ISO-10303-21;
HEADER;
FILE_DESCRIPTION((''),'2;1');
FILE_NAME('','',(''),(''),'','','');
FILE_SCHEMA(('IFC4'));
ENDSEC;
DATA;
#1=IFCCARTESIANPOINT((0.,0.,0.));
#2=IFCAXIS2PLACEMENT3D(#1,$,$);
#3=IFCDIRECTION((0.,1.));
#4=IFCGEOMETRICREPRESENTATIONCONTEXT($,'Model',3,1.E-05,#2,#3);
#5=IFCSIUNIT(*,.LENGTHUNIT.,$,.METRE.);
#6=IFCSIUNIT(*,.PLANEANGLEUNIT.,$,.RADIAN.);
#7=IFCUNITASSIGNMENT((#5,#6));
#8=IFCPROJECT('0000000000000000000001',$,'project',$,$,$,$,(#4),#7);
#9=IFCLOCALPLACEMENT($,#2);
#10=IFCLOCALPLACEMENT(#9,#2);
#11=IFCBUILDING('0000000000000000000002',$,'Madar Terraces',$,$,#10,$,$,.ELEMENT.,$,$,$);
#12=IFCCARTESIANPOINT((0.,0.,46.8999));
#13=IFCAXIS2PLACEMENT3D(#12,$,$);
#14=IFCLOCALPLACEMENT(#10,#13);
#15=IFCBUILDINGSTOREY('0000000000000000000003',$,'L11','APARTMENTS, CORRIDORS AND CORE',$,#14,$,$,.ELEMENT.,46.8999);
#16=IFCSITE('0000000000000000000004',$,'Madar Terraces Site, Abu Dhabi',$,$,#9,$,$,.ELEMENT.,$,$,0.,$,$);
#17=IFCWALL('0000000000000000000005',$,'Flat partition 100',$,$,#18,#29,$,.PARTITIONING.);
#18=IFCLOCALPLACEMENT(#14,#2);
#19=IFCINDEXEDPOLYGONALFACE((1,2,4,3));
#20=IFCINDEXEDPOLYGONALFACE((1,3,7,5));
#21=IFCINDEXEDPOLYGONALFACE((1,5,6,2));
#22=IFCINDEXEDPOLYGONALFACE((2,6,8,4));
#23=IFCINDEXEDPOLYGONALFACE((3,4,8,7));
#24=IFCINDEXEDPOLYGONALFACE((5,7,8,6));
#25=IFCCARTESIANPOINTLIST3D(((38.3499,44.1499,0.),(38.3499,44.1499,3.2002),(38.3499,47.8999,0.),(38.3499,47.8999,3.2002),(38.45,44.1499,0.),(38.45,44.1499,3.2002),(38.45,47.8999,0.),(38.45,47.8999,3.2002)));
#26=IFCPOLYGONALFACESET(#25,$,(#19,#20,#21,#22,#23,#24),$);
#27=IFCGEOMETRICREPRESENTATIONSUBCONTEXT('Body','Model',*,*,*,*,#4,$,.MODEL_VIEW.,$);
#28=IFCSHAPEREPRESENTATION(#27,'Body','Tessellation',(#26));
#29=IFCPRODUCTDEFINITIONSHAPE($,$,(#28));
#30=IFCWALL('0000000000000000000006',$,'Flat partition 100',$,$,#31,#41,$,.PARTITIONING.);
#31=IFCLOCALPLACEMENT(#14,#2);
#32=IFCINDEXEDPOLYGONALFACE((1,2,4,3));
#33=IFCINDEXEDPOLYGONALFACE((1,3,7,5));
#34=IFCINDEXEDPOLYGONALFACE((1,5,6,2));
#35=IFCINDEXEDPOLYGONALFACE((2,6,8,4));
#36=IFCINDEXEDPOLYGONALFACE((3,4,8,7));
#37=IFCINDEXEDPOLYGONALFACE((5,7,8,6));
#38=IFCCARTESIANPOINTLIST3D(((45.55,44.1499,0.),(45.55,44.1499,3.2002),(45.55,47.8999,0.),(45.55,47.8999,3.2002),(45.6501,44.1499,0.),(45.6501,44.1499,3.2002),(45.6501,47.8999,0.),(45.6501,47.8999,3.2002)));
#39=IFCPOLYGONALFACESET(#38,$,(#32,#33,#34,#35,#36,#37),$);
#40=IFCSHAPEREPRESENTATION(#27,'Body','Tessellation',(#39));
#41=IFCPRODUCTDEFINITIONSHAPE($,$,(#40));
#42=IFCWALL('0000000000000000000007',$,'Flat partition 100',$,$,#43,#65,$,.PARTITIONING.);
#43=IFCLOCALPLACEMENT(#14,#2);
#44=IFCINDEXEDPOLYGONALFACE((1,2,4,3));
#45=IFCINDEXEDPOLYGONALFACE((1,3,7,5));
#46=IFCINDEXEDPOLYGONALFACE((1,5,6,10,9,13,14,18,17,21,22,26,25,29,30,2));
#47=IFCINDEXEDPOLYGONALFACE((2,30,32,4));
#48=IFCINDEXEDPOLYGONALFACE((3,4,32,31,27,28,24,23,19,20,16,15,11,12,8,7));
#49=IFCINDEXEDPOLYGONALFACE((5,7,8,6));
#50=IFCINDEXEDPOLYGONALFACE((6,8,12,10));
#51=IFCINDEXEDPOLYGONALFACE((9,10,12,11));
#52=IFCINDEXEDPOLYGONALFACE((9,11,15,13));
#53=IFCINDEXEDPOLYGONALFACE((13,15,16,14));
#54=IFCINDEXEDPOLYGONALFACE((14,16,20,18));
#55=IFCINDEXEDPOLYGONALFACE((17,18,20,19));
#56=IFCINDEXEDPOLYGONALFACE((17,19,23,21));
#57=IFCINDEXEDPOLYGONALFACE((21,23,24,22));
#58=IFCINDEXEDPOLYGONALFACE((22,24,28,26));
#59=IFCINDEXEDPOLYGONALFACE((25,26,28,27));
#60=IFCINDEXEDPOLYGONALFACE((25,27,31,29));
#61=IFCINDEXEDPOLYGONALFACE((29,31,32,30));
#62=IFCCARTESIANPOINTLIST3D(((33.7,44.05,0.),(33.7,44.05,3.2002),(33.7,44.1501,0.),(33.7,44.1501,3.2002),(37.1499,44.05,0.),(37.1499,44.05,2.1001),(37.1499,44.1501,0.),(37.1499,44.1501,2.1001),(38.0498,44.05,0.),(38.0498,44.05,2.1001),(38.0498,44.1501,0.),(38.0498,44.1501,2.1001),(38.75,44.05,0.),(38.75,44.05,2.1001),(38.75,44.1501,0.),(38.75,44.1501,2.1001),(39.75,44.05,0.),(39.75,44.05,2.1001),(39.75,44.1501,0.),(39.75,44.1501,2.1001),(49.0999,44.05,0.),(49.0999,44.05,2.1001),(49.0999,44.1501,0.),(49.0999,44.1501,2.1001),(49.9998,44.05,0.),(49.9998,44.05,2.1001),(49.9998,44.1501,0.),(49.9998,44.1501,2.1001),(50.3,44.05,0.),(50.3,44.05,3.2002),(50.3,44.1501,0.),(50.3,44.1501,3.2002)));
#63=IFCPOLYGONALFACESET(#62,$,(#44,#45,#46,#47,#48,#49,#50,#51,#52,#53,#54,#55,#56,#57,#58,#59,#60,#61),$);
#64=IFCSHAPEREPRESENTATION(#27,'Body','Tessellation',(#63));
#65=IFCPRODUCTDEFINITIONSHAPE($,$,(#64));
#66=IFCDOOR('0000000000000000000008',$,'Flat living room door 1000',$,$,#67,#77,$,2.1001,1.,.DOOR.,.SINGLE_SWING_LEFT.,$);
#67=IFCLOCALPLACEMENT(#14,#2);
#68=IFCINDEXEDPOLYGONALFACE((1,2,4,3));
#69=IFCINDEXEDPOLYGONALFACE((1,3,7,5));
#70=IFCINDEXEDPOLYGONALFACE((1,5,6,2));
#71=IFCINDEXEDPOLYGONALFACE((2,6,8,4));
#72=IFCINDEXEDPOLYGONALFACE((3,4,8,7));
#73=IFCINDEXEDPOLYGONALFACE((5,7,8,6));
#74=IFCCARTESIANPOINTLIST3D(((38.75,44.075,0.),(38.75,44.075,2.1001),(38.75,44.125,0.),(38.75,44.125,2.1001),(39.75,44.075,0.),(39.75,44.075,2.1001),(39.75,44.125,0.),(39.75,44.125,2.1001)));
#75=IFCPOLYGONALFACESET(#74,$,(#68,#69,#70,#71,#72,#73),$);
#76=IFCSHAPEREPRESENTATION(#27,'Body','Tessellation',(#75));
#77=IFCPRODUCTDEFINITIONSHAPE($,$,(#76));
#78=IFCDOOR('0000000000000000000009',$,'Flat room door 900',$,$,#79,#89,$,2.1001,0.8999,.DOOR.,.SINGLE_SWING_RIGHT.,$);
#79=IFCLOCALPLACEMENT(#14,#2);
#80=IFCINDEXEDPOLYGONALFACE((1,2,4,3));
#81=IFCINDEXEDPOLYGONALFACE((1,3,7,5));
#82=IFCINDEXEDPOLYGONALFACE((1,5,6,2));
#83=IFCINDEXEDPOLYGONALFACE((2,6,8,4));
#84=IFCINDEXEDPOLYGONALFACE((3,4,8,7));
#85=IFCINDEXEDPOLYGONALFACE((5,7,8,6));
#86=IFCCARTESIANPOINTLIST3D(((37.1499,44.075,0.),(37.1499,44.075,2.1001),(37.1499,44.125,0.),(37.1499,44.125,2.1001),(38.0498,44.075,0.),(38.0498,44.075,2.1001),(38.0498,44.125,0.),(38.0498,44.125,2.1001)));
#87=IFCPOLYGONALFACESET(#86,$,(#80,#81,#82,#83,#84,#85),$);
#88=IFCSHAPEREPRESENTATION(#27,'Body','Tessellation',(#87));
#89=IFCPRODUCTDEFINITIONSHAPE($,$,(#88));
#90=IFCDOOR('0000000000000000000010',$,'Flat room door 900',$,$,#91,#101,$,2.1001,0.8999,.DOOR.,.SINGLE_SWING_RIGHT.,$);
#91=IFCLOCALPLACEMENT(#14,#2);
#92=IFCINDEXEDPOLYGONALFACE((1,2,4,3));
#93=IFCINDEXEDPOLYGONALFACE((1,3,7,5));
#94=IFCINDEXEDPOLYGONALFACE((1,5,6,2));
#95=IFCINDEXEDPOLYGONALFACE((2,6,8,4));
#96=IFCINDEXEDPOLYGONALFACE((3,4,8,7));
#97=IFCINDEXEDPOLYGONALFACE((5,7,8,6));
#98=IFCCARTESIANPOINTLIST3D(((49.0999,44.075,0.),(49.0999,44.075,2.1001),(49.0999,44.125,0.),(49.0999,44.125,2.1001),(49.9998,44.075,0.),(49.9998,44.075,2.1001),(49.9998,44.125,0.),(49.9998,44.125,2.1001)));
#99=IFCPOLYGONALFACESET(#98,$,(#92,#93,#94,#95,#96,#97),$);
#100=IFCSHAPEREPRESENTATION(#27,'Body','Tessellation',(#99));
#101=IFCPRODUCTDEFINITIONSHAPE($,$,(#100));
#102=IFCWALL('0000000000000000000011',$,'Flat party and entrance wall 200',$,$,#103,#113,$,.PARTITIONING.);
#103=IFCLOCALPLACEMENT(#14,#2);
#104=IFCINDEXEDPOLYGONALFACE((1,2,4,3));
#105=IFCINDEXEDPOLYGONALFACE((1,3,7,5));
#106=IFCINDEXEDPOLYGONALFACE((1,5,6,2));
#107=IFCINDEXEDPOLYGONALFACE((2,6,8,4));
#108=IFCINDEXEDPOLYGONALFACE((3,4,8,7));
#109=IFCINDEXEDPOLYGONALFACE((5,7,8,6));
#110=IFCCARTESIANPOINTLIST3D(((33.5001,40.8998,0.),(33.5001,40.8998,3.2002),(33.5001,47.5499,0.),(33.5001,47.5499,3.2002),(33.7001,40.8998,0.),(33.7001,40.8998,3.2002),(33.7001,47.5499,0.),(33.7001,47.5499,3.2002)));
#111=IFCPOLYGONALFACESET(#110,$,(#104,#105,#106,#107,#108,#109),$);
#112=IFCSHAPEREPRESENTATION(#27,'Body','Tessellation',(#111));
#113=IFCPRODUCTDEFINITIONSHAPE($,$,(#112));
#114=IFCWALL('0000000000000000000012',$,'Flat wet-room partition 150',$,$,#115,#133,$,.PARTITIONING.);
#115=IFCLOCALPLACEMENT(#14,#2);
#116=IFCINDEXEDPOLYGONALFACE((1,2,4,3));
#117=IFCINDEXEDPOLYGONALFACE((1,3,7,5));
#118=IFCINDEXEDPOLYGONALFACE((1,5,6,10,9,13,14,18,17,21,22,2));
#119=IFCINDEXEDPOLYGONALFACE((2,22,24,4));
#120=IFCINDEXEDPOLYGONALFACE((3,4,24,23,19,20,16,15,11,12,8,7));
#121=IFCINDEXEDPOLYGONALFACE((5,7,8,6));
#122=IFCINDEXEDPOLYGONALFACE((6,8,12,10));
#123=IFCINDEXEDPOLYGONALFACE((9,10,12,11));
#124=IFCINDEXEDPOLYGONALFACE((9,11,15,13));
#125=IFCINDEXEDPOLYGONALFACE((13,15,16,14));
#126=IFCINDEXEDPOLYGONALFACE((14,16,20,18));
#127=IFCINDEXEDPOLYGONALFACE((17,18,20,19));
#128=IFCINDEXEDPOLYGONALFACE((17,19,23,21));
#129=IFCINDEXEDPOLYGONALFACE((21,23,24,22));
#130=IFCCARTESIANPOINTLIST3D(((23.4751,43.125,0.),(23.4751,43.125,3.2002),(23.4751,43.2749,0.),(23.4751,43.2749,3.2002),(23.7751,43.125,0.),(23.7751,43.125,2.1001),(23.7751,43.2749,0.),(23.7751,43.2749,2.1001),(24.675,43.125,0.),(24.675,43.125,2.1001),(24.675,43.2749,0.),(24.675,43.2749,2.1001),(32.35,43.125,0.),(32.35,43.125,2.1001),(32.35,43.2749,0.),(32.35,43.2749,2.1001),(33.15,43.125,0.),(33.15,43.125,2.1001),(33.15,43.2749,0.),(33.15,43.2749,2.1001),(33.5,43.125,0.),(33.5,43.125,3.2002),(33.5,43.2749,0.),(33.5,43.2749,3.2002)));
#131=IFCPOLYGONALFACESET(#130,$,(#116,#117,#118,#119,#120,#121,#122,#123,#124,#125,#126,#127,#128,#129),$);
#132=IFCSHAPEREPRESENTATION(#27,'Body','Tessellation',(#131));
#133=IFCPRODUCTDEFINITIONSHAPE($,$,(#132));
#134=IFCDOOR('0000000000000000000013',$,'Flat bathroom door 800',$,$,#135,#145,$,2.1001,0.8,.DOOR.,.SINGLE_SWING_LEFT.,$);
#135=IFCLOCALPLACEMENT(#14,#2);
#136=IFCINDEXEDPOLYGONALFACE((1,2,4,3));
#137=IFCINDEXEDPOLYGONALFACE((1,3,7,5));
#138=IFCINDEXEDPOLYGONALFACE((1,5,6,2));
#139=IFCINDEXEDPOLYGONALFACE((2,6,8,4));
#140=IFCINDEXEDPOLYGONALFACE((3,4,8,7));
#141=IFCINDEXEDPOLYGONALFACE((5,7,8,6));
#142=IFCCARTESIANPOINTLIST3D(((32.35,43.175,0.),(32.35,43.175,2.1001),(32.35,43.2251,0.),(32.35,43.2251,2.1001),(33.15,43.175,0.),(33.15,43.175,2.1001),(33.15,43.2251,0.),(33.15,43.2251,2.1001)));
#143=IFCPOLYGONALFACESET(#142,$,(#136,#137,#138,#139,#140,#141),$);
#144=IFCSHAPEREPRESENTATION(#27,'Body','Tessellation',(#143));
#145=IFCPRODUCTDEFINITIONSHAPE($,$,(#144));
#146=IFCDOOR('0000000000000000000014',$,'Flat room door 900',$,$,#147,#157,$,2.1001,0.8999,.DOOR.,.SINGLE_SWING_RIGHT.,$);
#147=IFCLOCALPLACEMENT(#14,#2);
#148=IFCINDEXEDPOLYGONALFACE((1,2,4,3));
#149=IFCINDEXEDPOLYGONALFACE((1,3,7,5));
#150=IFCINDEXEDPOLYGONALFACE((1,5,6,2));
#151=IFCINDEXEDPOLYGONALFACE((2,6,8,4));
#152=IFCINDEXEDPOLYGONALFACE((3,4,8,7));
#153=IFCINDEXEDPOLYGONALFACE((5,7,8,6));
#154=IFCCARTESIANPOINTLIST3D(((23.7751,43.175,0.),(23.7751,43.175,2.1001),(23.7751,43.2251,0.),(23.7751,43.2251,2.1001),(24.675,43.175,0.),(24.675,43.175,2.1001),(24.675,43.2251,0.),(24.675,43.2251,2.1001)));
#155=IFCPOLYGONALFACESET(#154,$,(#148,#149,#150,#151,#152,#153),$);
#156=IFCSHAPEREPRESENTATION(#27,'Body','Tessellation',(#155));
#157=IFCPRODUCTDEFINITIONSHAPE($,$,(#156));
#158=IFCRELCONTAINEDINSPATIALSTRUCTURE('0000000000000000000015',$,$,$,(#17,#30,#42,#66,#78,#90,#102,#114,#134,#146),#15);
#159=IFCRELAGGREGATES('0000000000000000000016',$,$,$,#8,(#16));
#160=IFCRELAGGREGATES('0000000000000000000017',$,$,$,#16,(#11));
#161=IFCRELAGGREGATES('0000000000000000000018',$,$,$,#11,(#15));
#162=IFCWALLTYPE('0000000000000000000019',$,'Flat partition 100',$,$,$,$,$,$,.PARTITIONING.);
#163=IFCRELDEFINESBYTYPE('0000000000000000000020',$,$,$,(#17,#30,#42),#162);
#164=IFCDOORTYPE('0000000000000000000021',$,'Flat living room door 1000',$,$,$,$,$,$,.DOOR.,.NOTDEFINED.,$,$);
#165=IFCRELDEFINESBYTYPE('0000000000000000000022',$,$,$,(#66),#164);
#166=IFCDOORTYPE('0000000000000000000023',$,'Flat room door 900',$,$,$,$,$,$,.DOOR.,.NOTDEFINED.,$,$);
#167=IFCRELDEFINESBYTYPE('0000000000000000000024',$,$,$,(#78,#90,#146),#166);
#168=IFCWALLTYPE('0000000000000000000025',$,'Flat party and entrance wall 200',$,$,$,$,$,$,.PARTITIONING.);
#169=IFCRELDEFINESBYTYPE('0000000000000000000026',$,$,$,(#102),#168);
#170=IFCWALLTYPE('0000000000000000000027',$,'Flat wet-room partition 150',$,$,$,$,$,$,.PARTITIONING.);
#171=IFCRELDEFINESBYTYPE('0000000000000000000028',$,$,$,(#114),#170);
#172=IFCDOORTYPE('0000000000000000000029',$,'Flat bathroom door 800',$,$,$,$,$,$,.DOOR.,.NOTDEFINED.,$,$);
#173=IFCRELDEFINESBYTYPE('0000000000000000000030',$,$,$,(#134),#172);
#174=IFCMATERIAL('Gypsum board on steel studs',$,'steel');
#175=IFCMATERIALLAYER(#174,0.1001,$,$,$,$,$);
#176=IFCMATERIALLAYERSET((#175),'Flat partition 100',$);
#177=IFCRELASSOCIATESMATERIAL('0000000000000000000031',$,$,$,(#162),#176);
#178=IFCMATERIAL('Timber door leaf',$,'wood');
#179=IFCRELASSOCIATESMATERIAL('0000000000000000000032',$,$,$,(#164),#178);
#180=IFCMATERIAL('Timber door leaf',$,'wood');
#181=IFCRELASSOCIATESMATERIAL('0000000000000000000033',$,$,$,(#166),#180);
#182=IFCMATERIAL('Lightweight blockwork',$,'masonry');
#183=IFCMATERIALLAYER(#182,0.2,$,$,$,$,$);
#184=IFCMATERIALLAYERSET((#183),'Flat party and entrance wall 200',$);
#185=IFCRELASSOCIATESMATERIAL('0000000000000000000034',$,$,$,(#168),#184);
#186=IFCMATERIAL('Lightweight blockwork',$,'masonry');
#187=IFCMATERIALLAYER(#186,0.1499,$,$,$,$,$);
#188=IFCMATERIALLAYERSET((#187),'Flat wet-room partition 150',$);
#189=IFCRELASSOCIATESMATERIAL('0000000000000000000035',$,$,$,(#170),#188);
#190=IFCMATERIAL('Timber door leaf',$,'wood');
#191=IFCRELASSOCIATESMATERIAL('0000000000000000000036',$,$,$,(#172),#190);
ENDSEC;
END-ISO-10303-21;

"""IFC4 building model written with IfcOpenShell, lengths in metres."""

from ifc_helpers import new_model, si_unit, direction, frame, frame_2d, origin, place, context, subcontext, project, spatial, rectangle, extrude, material, layer, layer_set, type_object, element, fill, save


model = new_model("IFC4")

# Units and contexts
model_context = context("Model", 3, precision=1e-05, world=origin(), true_north=direction((0.0, 1.0)))
body_context = subcontext(model_context, "Body", "Model", "MODEL_VIEW")
ifc_project = project(units=[si_unit("LENGTHUNIT", "METRE"), si_unit("PLANEANGLEUNIT", "RADIAN")], contexts=[model_context])

# Site, building, storey
site_placement = place(None, origin())
site = spatial("IfcSite", under=ifc_project, at=site_placement, Name="Madar Terraces Site, Abu Dhabi", CompositionType="ELEMENT", RefElevation=0.0)
building_placement = place(site_placement, origin())
building = spatial("IfcBuilding", under=site, at=building_placement, Name="Madar Terraces", CompositionType="ELEMENT")
storey_placement = place(building_placement, frame((0.0, 0.0, 46.8999)))
storey = spatial("IfcBuildingStorey", under=building, at=storey_placement, Name="L11", Description="APARTMENTS, CORRIDORS AND CORE", CompositionType="ELEMENT", Elevation=46.8999)

# Walls
ifc_material_1 = material(Name="Gypsum board on steel studs", Category="steel")
ifc_layer_1 = layer(ifc_material_1, 0.1001)
ifc_layer_set_1 = layer_set([ifc_layer_1], Name="Flat partition 100")
wall_type_1 = type_object("IfcWallType", Name="Flat partition 100", PredefinedType="PARTITIONING", material=ifc_layer_set_1)
for number, where, z_axis, x_axis, name in (
    (1, (38.3999, 44.1499, 0.0), (0.0, 0.0, 1.0), (0.0, 1.0, 0.0), "Flat partition 100"),
    (2, (45.6001, 44.1499, 0.0), (0.0, 0.0, 1.0), (0.0, 1.0, 0.0), "Flat partition 100"),
):
    element("IfcWall", number, at=place(storey_placement, frame(where, z_axis=z_axis, x_axis=x_axis)), inside=storey, type_object=wall_type_1, Name=name, PredefinedType="PARTITIONING", context=body_context, shape_type="SweptSolid", body=[
        extrude(rectangle(XDim=3.75, YDim=0.1001, at=frame_2d((1.875, 0.0))), origin(), (0.0, 0.0, 1.0), 3.2002),
    ])

# Wall, openings, doors
wall_1_placement = place(storey_placement, frame((33.7, 44.1001, 0.0), z_axis=(0.0, 0.0, 1.0), x_axis=(1.0, 0.0, 0.0)))
wall_1 = element("IfcWall", 3, at=wall_1_placement, inside=storey, type_object=wall_type_1, Name="Flat partition 100", PredefinedType="PARTITIONING", context=body_context, shape_type="SweptSolid", body=[
    extrude(rectangle(XDim=16.6001, YDim=0.1001, at=frame_2d((8.3, 0.0))), origin(), (0.0, 0.0, 1.0), 3.2002),
])
opening_1_placement = place(wall_1_placement, frame((3.45, 0.0, 0.0)))
opening_1 = element("IfcOpeningElement", 4, at=opening_1_placement, cuts=wall_1, PredefinedType="OPENING", context=body_context, shape_type="SweptSolid", body=[
    extrude(rectangle(XDim=0.8999, YDim=2.1001, at=frame_2d((0.45, 1.05))), frame((0.0, 0.0601, 0.0), z_axis=(0.0, -1.0, 0.0), x_axis=(1.0, 0.0, 0.0)), (0.0, 0.0, 1.0), 0.1201),
])
opening_2_placement = place(wall_1_placement, frame((5.05, 0.0, 0.0)))
opening_2 = element("IfcOpeningElement", 5, at=opening_2_placement, cuts=wall_1, PredefinedType="OPENING", context=body_context, shape_type="SweptSolid", body=[
    extrude(rectangle(XDim=1.0, YDim=2.1001, at=frame_2d((0.5, 1.05))), frame((0.0, 0.0601, 0.0), z_axis=(0.0, -1.0, 0.0), x_axis=(1.0, 0.0, 0.0)), (0.0, 0.0, 1.0), 0.1201),
])
opening_3_placement = place(wall_1_placement, frame((15.3999, 0.0, 0.0)))
opening_3 = element("IfcOpeningElement", 6, at=opening_3_placement, cuts=wall_1, PredefinedType="OPENING", context=body_context, shape_type="SweptSolid", body=[
    extrude(rectangle(XDim=0.8999, YDim=2.1001, at=frame_2d((0.45, 1.05))), frame((0.0, 0.0601, 0.0), z_axis=(0.0, -1.0, 0.0), x_axis=(1.0, 0.0, 0.0)), (0.0, 0.0, 1.0), 0.1201),
])
ifc_material_2 = material(Name="Timber door leaf", Category="wood")
door_type_1 = type_object("IfcDoorType", Name="Flat living room door 1000", OperationType="NOTDEFINED", PredefinedType="DOOR", material=ifc_material_2)
door_1_placement = place(opening_2_placement, origin())
door_1 = element("IfcDoor", 7, at=door_1_placement, inside=storey, type_object=door_type_1, Name="Flat living room door 1000", OperationType="SINGLE_SWING_LEFT", OverallHeight=2.1001, OverallWidth=1.0, PredefinedType="DOOR", context=body_context, shape_type="SweptSolid", body=[
    extrude(rectangle(XDim=1.0, YDim=2.1001, at=frame_2d((0.5, 1.05))), frame((0.0, 0.0249, 0.0), z_axis=(0.0, -1.0, 0.0), x_axis=(1.0, 0.0, 0.0)), (0.0, 0.0, 1.0), 0.05),
])
fill(opening_2, door_1)
ifc_material_3 = material(Name="Timber door leaf", Category="wood")
door_type_2 = type_object("IfcDoorType", Name="Flat room door 900", OperationType="NOTDEFINED", PredefinedType="DOOR", material=ifc_material_3)
door_2_placement = place(opening_1_placement, origin())
door_2 = element("IfcDoor", 8, at=door_2_placement, inside=storey, type_object=door_type_2, Name="Flat room door 900", OperationType="SINGLE_SWING_RIGHT", OverallHeight=2.1001, OverallWidth=0.8999, PredefinedType="DOOR", context=body_context, shape_type="SweptSolid", body=[
    extrude(rectangle(XDim=0.8999, YDim=2.1001, at=frame_2d((0.45, 1.05))), frame((0.0, 0.0249, 0.0), z_axis=(0.0, -1.0, 0.0), x_axis=(1.0, 0.0, 0.0)), (0.0, 0.0, 1.0), 0.05),
])
fill(opening_1, door_2)
door_3_placement = place(opening_3_placement, origin())
door_3 = element("IfcDoor", 9, at=door_3_placement, inside=storey, type_object=door_type_2, Name="Flat room door 900", OperationType="SINGLE_SWING_RIGHT", OverallHeight=2.1001, OverallWidth=0.8999, PredefinedType="DOOR", context=body_context, shape_type="SweptSolid", body=[
    extrude(rectangle(XDim=0.8999, YDim=2.1001, at=frame_2d((0.45, 1.05))), frame((0.0, 0.0249, 0.0), z_axis=(0.0, -1.0, 0.0), x_axis=(1.0, 0.0, 0.0)), (0.0, 0.0, 1.0), 0.05),
])
fill(opening_3, door_3)

# Wall
ifc_material_4 = material(Name="Lightweight blockwork", Category="masonry")
ifc_layer_2 = layer(ifc_material_4, 0.2)
ifc_layer_set_2 = layer_set([ifc_layer_2], Name="Flat party and entrance wall 200")
wall_type_2 = type_object("IfcWallType", Name="Flat party and entrance wall 200", PredefinedType="PARTITIONING", material=ifc_layer_set_2)
wall_2_placement = place(storey_placement, frame((33.6001, 47.55, 0.0), z_axis=(0.0, 0.0, 1.0), x_axis=(0.0, -1.0, 0.0)))
element("IfcWall", 10, at=wall_2_placement, inside=storey, type_object=wall_type_2, Name="Flat party and entrance wall 200", PredefinedType="PARTITIONING", context=body_context, shape_type="SweptSolid", body=[
    extrude(rectangle(XDim=6.6501, YDim=0.2, at=frame_2d((3.3252, 0.0))), origin(), (0.0, 0.0, 1.0), 3.2002),
])

# Wall, openings, doors
ifc_material_5 = material(Name="Lightweight blockwork", Category="masonry")
ifc_layer_3 = layer(ifc_material_5, 0.1499)
ifc_layer_set_3 = layer_set([ifc_layer_3], Name="Flat wet-room partition 150")
wall_type_3 = type_object("IfcWallType", Name="Flat wet-room partition 150", PredefinedType="PARTITIONING", material=ifc_layer_set_3)
wall_3_placement = place(storey_placement, frame((33.5, 43.2, 0.0), z_axis=(0.0, 0.0, 1.0), x_axis=(-1.0, 0.0, 0.0)))
wall_3 = element("IfcWall", 11, at=wall_3_placement, inside=storey, type_object=wall_type_3, Name="Flat wet-room partition 150", PredefinedType="PARTITIONING", context=body_context, shape_type="SweptSolid", body=[
    extrude(rectangle(XDim=10.0249, YDim=0.1499, at=frame_2d((5.0125, 0.0))), origin(), (0.0, 0.0, 1.0), 3.2002),
])
opening_4_placement = place(wall_3_placement, frame((8.825, 0.0, 0.0)))
opening_4 = element("IfcOpeningElement", 12, at=opening_4_placement, cuts=wall_3, PredefinedType="OPENING", context=body_context, shape_type="SweptSolid", body=[
    extrude(rectangle(XDim=0.8999, YDim=2.1001, at=frame_2d((0.45, 1.05))), frame((0.0, 0.085, 0.0), z_axis=(0.0, -1.0, 0.0), x_axis=(1.0, 0.0, 0.0)), (0.0, 0.0, 1.0), 0.1699),
])
opening_5_placement = place(wall_3_placement, frame((0.3501, 0.0, 0.0)))
opening_5 = element("IfcOpeningElement", 13, at=opening_5_placement, cuts=wall_3, PredefinedType="OPENING", context=body_context, shape_type="SweptSolid", body=[
    extrude(rectangle(XDim=0.8, YDim=2.1001, at=frame_2d((0.3999, 1.05))), frame((0.0, 0.085, 0.0), z_axis=(0.0, -1.0, 0.0), x_axis=(1.0, 0.0, 0.0)), (0.0, 0.0, 1.0), 0.1699),
])
ifc_material_6 = material(Name="Timber door leaf", Category="wood")
door_type_3 = type_object("IfcDoorType", Name="Flat bathroom door 800", OperationType="NOTDEFINED", PredefinedType="DOOR", material=ifc_material_6)
door_4_placement = place(opening_5_placement, origin())
door_4 = element("IfcDoor", 14, at=door_4_placement, inside=storey, type_object=door_type_3, Name="Flat bathroom door 800", OperationType="SINGLE_SWING_LEFT", OverallHeight=2.1001, OverallWidth=0.8, PredefinedType="DOOR", context=body_context, shape_type="SweptSolid", body=[
    extrude(rectangle(XDim=0.8, YDim=2.1001, at=frame_2d((0.3999, 1.05))), frame((0.0, 0.0249, 0.0), z_axis=(0.0, -1.0, 0.0), x_axis=(1.0, 0.0, 0.0)), (0.0, 0.0, 1.0), 0.05),
])
fill(opening_5, door_4)
door_5_placement = place(opening_4_placement, origin())
door_5 = element("IfcDoor", 15, at=door_5_placement, inside=storey, type_object=door_type_2, Name="Flat room door 900", OperationType="SINGLE_SWING_RIGHT", OverallHeight=2.1001, OverallWidth=0.8999, PredefinedType="DOOR", context=body_context, shape_type="SweptSolid", body=[
    extrude(rectangle(XDim=0.8999, YDim=2.1001, at=frame_2d((0.45, 1.05))), frame((0.0, 0.0249, 0.0), z_axis=(0.0, -1.0, 0.0), x_axis=(1.0, 0.0, 0.0)), (0.0, 0.0, 1.0), 0.05),
])
fill(opening_4, door_5)

save(model, "model.ifc")
